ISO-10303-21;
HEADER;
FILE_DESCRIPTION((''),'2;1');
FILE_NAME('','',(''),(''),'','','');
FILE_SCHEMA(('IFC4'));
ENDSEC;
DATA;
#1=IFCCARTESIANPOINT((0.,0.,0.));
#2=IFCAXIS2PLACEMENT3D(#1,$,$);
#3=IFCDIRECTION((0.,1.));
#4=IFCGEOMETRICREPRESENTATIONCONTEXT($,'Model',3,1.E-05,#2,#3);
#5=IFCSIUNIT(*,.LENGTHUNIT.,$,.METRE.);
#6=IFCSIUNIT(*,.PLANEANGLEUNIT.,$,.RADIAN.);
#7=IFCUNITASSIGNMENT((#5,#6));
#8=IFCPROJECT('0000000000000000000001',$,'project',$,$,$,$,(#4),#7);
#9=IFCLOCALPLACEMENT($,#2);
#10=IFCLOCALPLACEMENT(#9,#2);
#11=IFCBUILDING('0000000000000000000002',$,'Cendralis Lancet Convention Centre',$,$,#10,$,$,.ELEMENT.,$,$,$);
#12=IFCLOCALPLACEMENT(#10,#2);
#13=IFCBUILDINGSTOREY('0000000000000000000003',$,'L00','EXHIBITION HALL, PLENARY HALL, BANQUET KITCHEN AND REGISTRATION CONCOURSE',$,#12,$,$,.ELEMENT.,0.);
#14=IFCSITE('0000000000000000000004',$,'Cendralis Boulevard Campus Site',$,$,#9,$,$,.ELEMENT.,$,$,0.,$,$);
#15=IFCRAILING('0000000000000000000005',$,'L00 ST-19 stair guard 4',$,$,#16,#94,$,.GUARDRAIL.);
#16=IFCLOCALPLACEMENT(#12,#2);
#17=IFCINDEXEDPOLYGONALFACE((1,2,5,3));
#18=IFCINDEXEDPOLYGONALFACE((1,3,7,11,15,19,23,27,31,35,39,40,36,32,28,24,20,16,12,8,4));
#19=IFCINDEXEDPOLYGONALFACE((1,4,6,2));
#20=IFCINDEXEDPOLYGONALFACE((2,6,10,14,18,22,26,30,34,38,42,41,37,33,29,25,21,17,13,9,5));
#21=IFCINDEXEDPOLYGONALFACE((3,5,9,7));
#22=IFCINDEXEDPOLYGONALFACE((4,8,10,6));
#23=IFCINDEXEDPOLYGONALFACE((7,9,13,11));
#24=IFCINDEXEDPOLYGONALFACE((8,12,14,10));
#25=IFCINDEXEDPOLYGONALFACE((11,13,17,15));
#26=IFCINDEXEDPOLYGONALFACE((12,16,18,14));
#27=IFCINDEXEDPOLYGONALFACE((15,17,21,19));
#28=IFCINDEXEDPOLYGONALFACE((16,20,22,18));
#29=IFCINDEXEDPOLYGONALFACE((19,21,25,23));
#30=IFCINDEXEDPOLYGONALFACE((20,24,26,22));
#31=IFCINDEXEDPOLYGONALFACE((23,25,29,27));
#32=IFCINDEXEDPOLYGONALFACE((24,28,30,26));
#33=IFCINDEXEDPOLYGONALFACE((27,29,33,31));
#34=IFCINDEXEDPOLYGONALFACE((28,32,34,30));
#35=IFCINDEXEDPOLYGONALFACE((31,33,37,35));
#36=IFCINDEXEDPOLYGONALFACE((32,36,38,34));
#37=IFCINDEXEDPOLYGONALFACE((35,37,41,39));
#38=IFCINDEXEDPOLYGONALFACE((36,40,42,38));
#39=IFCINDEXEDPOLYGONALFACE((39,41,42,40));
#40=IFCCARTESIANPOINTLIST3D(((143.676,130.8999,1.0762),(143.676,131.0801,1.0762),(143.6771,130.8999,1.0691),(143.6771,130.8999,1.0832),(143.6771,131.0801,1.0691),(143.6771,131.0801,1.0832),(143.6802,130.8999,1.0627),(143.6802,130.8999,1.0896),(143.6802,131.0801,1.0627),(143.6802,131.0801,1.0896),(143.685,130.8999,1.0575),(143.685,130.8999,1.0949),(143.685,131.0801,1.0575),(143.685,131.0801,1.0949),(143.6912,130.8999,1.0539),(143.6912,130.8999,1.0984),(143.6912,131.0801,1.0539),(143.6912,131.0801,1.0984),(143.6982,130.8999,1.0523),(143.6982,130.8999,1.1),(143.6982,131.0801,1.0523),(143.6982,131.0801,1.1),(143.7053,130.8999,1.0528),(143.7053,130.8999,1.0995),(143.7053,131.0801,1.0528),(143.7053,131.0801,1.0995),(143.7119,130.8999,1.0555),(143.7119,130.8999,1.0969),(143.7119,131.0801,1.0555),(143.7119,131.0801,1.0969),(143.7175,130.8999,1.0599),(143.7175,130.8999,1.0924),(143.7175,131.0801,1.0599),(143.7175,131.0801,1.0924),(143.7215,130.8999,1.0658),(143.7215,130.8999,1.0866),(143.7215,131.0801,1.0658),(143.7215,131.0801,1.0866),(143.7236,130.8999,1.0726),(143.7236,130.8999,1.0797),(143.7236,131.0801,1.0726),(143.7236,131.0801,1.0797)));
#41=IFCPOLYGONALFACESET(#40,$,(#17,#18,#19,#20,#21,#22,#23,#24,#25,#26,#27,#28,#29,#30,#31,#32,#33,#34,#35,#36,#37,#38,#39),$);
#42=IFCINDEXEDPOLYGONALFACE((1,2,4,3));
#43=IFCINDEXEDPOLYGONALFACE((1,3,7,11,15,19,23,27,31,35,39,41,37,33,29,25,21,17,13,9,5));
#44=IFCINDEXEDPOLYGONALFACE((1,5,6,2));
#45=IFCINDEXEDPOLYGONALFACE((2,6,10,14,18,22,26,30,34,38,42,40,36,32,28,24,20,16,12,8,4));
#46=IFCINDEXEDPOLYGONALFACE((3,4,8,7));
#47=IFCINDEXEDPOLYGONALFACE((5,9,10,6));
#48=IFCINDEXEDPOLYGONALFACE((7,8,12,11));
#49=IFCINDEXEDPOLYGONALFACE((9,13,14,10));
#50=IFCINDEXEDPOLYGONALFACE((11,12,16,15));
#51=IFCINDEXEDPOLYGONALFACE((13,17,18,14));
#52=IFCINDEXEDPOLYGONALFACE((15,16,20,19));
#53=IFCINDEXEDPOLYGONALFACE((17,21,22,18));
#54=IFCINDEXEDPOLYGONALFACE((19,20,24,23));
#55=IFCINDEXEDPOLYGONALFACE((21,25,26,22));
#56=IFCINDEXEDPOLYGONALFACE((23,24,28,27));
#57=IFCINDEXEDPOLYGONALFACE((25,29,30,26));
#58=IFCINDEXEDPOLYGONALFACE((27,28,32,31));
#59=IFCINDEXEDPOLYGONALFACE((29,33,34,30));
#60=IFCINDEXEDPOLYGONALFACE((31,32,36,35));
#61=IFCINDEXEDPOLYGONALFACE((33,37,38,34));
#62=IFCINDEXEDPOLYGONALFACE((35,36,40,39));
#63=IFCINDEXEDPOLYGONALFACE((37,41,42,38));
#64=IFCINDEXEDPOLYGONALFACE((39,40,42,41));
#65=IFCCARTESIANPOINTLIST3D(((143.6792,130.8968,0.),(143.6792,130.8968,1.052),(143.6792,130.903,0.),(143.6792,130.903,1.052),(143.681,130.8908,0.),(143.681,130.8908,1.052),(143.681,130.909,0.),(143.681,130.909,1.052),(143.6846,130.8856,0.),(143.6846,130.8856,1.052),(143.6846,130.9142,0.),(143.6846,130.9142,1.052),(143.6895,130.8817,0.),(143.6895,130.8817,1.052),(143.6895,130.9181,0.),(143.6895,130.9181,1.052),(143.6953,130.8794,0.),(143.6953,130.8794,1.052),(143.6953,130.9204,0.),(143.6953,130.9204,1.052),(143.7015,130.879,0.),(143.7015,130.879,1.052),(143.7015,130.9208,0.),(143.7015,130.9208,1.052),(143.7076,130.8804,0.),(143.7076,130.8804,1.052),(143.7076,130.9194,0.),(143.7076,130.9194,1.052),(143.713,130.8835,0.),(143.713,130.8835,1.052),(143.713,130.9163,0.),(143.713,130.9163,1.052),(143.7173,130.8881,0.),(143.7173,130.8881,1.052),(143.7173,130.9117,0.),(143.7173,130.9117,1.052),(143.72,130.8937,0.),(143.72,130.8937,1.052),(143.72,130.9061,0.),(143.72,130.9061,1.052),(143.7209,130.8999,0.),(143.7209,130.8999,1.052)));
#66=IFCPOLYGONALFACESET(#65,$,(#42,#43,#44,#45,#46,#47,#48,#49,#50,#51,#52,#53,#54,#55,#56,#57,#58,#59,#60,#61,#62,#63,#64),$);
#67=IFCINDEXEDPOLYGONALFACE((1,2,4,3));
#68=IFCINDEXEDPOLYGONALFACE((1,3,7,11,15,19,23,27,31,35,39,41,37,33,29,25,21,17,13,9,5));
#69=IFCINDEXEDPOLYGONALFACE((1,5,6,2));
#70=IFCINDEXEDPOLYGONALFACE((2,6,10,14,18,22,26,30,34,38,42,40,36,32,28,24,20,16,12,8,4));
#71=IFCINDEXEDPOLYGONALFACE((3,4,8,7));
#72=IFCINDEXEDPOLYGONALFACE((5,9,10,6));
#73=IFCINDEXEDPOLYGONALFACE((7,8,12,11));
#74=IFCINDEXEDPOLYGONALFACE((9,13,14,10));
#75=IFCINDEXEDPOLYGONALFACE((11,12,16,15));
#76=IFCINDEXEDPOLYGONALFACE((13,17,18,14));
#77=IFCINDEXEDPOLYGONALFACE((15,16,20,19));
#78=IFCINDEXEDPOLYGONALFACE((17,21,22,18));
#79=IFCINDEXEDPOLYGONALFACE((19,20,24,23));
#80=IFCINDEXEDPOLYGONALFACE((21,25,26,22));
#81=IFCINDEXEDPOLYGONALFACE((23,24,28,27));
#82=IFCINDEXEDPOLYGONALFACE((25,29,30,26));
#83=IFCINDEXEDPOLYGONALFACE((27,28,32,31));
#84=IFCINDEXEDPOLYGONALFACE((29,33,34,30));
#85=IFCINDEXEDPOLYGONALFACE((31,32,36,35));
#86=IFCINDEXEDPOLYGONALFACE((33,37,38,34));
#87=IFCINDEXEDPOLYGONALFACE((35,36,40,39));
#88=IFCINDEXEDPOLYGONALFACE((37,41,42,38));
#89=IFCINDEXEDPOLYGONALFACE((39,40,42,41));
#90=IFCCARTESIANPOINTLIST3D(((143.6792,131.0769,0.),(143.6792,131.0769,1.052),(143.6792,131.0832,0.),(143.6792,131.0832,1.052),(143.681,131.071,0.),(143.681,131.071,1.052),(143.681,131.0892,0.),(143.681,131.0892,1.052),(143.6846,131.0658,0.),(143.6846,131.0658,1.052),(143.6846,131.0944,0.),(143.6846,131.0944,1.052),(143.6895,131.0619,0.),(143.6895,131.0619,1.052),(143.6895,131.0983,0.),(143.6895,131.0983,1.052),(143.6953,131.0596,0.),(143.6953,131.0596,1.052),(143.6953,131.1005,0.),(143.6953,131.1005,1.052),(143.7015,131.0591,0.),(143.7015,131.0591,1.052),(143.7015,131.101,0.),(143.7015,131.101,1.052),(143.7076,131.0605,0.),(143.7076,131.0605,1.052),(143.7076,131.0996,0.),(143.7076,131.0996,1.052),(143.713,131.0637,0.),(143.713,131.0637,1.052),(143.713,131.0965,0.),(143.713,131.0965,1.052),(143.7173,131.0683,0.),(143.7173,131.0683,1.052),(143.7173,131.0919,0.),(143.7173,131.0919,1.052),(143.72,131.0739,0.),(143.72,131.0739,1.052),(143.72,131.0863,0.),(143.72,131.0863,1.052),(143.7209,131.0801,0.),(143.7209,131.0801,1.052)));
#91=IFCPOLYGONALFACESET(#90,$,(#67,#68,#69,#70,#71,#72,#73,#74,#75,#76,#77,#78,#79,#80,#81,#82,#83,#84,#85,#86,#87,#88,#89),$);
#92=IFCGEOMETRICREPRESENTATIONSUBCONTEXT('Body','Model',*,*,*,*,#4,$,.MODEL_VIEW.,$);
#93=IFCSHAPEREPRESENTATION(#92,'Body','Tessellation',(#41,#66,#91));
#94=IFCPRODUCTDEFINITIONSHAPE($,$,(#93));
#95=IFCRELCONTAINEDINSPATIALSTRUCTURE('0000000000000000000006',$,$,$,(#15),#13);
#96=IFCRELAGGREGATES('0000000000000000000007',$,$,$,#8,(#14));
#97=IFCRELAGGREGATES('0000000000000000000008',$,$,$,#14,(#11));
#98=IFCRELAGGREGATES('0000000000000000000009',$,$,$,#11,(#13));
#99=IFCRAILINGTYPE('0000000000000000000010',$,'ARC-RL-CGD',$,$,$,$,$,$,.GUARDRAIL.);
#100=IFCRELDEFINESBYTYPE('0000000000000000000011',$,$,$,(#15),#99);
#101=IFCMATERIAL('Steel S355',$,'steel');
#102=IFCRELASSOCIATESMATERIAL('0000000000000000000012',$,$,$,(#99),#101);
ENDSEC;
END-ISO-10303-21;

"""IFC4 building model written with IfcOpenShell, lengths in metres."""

from ifc_helpers import new_model, si_unit, direction, frame, origin, origin_2d, place, context, subcontext, project, spatial, circle, extrude, material, type_object, element, save


model = new_model("IFC4")

# Units and contexts
model_context = context("Model", 3, precision=1e-05, world=origin(), true_north=direction((0.0, 1.0)))
body_context = subcontext(model_context, "Body", "Model", "MODEL_VIEW")
ifc_project = project(units=[si_unit("LENGTHUNIT", "METRE"), si_unit("PLANEANGLEUNIT", "RADIAN")], contexts=[model_context])

# Site, building, storey
site_placement = place(None, origin())
site = spatial("IfcSite", under=ifc_project, at=site_placement, Name="Cendralis Boulevard Campus Site", CompositionType="ELEMENT", RefElevation=0.0)
building_placement = place(site_placement, origin())
building = spatial("IfcBuilding", under=site, at=building_placement, Name="Cendralis Lancet Convention Centre", CompositionType="ELEMENT")
storey_placement = place(building_placement, origin())
storey = spatial("IfcBuildingStorey", under=building, at=storey_placement, Name="L00", Description="EXHIBITION HALL, PLENARY HALL, BANQUET KITCHEN AND REGISTRATION CONCOURSE", CompositionType="ELEMENT", Elevation=0.0)

# Shared definitions
ifc_material_1 = material(Name="Steel S355", Category="steel")

# Railing
railing_type_1 = type_object("IfcRailingType", Name="ARC-RL-CGD", PredefinedType="GUARDRAIL", material=ifc_material_1)
railing_1_placement = place(storey_placement, frame((143.7, 130.8999, 0.0)))
element("IfcRailing", 1, at=railing_1_placement, inside=storey, type_object=railing_type_1, Name="L00 ST-19 stair guard 4", PredefinedType="GUARDRAIL", context=body_context, shape_type="SweptSolid", body=[
    extrude(circle(Radius=0.0239, at=origin_2d()), frame((0.0, 0.0, 1.0762), z_axis=(0.0, 1.0, 0.0), x_axis=(-1.0, 0.0, 0.0)), (0.0, 0.0, 1.0), 0.1802),
    extrude(circle(Radius=0.021, at=origin_2d()), origin(), (0.0, 0.0, 1.0), 1.052),
    extrude(circle(Radius=0.021, at=origin_2d()), frame((0.0, 0.1802, 0.0)), (0.0, 0.0, 1.0), 1.052),
])

save(model, "model.ifc")
